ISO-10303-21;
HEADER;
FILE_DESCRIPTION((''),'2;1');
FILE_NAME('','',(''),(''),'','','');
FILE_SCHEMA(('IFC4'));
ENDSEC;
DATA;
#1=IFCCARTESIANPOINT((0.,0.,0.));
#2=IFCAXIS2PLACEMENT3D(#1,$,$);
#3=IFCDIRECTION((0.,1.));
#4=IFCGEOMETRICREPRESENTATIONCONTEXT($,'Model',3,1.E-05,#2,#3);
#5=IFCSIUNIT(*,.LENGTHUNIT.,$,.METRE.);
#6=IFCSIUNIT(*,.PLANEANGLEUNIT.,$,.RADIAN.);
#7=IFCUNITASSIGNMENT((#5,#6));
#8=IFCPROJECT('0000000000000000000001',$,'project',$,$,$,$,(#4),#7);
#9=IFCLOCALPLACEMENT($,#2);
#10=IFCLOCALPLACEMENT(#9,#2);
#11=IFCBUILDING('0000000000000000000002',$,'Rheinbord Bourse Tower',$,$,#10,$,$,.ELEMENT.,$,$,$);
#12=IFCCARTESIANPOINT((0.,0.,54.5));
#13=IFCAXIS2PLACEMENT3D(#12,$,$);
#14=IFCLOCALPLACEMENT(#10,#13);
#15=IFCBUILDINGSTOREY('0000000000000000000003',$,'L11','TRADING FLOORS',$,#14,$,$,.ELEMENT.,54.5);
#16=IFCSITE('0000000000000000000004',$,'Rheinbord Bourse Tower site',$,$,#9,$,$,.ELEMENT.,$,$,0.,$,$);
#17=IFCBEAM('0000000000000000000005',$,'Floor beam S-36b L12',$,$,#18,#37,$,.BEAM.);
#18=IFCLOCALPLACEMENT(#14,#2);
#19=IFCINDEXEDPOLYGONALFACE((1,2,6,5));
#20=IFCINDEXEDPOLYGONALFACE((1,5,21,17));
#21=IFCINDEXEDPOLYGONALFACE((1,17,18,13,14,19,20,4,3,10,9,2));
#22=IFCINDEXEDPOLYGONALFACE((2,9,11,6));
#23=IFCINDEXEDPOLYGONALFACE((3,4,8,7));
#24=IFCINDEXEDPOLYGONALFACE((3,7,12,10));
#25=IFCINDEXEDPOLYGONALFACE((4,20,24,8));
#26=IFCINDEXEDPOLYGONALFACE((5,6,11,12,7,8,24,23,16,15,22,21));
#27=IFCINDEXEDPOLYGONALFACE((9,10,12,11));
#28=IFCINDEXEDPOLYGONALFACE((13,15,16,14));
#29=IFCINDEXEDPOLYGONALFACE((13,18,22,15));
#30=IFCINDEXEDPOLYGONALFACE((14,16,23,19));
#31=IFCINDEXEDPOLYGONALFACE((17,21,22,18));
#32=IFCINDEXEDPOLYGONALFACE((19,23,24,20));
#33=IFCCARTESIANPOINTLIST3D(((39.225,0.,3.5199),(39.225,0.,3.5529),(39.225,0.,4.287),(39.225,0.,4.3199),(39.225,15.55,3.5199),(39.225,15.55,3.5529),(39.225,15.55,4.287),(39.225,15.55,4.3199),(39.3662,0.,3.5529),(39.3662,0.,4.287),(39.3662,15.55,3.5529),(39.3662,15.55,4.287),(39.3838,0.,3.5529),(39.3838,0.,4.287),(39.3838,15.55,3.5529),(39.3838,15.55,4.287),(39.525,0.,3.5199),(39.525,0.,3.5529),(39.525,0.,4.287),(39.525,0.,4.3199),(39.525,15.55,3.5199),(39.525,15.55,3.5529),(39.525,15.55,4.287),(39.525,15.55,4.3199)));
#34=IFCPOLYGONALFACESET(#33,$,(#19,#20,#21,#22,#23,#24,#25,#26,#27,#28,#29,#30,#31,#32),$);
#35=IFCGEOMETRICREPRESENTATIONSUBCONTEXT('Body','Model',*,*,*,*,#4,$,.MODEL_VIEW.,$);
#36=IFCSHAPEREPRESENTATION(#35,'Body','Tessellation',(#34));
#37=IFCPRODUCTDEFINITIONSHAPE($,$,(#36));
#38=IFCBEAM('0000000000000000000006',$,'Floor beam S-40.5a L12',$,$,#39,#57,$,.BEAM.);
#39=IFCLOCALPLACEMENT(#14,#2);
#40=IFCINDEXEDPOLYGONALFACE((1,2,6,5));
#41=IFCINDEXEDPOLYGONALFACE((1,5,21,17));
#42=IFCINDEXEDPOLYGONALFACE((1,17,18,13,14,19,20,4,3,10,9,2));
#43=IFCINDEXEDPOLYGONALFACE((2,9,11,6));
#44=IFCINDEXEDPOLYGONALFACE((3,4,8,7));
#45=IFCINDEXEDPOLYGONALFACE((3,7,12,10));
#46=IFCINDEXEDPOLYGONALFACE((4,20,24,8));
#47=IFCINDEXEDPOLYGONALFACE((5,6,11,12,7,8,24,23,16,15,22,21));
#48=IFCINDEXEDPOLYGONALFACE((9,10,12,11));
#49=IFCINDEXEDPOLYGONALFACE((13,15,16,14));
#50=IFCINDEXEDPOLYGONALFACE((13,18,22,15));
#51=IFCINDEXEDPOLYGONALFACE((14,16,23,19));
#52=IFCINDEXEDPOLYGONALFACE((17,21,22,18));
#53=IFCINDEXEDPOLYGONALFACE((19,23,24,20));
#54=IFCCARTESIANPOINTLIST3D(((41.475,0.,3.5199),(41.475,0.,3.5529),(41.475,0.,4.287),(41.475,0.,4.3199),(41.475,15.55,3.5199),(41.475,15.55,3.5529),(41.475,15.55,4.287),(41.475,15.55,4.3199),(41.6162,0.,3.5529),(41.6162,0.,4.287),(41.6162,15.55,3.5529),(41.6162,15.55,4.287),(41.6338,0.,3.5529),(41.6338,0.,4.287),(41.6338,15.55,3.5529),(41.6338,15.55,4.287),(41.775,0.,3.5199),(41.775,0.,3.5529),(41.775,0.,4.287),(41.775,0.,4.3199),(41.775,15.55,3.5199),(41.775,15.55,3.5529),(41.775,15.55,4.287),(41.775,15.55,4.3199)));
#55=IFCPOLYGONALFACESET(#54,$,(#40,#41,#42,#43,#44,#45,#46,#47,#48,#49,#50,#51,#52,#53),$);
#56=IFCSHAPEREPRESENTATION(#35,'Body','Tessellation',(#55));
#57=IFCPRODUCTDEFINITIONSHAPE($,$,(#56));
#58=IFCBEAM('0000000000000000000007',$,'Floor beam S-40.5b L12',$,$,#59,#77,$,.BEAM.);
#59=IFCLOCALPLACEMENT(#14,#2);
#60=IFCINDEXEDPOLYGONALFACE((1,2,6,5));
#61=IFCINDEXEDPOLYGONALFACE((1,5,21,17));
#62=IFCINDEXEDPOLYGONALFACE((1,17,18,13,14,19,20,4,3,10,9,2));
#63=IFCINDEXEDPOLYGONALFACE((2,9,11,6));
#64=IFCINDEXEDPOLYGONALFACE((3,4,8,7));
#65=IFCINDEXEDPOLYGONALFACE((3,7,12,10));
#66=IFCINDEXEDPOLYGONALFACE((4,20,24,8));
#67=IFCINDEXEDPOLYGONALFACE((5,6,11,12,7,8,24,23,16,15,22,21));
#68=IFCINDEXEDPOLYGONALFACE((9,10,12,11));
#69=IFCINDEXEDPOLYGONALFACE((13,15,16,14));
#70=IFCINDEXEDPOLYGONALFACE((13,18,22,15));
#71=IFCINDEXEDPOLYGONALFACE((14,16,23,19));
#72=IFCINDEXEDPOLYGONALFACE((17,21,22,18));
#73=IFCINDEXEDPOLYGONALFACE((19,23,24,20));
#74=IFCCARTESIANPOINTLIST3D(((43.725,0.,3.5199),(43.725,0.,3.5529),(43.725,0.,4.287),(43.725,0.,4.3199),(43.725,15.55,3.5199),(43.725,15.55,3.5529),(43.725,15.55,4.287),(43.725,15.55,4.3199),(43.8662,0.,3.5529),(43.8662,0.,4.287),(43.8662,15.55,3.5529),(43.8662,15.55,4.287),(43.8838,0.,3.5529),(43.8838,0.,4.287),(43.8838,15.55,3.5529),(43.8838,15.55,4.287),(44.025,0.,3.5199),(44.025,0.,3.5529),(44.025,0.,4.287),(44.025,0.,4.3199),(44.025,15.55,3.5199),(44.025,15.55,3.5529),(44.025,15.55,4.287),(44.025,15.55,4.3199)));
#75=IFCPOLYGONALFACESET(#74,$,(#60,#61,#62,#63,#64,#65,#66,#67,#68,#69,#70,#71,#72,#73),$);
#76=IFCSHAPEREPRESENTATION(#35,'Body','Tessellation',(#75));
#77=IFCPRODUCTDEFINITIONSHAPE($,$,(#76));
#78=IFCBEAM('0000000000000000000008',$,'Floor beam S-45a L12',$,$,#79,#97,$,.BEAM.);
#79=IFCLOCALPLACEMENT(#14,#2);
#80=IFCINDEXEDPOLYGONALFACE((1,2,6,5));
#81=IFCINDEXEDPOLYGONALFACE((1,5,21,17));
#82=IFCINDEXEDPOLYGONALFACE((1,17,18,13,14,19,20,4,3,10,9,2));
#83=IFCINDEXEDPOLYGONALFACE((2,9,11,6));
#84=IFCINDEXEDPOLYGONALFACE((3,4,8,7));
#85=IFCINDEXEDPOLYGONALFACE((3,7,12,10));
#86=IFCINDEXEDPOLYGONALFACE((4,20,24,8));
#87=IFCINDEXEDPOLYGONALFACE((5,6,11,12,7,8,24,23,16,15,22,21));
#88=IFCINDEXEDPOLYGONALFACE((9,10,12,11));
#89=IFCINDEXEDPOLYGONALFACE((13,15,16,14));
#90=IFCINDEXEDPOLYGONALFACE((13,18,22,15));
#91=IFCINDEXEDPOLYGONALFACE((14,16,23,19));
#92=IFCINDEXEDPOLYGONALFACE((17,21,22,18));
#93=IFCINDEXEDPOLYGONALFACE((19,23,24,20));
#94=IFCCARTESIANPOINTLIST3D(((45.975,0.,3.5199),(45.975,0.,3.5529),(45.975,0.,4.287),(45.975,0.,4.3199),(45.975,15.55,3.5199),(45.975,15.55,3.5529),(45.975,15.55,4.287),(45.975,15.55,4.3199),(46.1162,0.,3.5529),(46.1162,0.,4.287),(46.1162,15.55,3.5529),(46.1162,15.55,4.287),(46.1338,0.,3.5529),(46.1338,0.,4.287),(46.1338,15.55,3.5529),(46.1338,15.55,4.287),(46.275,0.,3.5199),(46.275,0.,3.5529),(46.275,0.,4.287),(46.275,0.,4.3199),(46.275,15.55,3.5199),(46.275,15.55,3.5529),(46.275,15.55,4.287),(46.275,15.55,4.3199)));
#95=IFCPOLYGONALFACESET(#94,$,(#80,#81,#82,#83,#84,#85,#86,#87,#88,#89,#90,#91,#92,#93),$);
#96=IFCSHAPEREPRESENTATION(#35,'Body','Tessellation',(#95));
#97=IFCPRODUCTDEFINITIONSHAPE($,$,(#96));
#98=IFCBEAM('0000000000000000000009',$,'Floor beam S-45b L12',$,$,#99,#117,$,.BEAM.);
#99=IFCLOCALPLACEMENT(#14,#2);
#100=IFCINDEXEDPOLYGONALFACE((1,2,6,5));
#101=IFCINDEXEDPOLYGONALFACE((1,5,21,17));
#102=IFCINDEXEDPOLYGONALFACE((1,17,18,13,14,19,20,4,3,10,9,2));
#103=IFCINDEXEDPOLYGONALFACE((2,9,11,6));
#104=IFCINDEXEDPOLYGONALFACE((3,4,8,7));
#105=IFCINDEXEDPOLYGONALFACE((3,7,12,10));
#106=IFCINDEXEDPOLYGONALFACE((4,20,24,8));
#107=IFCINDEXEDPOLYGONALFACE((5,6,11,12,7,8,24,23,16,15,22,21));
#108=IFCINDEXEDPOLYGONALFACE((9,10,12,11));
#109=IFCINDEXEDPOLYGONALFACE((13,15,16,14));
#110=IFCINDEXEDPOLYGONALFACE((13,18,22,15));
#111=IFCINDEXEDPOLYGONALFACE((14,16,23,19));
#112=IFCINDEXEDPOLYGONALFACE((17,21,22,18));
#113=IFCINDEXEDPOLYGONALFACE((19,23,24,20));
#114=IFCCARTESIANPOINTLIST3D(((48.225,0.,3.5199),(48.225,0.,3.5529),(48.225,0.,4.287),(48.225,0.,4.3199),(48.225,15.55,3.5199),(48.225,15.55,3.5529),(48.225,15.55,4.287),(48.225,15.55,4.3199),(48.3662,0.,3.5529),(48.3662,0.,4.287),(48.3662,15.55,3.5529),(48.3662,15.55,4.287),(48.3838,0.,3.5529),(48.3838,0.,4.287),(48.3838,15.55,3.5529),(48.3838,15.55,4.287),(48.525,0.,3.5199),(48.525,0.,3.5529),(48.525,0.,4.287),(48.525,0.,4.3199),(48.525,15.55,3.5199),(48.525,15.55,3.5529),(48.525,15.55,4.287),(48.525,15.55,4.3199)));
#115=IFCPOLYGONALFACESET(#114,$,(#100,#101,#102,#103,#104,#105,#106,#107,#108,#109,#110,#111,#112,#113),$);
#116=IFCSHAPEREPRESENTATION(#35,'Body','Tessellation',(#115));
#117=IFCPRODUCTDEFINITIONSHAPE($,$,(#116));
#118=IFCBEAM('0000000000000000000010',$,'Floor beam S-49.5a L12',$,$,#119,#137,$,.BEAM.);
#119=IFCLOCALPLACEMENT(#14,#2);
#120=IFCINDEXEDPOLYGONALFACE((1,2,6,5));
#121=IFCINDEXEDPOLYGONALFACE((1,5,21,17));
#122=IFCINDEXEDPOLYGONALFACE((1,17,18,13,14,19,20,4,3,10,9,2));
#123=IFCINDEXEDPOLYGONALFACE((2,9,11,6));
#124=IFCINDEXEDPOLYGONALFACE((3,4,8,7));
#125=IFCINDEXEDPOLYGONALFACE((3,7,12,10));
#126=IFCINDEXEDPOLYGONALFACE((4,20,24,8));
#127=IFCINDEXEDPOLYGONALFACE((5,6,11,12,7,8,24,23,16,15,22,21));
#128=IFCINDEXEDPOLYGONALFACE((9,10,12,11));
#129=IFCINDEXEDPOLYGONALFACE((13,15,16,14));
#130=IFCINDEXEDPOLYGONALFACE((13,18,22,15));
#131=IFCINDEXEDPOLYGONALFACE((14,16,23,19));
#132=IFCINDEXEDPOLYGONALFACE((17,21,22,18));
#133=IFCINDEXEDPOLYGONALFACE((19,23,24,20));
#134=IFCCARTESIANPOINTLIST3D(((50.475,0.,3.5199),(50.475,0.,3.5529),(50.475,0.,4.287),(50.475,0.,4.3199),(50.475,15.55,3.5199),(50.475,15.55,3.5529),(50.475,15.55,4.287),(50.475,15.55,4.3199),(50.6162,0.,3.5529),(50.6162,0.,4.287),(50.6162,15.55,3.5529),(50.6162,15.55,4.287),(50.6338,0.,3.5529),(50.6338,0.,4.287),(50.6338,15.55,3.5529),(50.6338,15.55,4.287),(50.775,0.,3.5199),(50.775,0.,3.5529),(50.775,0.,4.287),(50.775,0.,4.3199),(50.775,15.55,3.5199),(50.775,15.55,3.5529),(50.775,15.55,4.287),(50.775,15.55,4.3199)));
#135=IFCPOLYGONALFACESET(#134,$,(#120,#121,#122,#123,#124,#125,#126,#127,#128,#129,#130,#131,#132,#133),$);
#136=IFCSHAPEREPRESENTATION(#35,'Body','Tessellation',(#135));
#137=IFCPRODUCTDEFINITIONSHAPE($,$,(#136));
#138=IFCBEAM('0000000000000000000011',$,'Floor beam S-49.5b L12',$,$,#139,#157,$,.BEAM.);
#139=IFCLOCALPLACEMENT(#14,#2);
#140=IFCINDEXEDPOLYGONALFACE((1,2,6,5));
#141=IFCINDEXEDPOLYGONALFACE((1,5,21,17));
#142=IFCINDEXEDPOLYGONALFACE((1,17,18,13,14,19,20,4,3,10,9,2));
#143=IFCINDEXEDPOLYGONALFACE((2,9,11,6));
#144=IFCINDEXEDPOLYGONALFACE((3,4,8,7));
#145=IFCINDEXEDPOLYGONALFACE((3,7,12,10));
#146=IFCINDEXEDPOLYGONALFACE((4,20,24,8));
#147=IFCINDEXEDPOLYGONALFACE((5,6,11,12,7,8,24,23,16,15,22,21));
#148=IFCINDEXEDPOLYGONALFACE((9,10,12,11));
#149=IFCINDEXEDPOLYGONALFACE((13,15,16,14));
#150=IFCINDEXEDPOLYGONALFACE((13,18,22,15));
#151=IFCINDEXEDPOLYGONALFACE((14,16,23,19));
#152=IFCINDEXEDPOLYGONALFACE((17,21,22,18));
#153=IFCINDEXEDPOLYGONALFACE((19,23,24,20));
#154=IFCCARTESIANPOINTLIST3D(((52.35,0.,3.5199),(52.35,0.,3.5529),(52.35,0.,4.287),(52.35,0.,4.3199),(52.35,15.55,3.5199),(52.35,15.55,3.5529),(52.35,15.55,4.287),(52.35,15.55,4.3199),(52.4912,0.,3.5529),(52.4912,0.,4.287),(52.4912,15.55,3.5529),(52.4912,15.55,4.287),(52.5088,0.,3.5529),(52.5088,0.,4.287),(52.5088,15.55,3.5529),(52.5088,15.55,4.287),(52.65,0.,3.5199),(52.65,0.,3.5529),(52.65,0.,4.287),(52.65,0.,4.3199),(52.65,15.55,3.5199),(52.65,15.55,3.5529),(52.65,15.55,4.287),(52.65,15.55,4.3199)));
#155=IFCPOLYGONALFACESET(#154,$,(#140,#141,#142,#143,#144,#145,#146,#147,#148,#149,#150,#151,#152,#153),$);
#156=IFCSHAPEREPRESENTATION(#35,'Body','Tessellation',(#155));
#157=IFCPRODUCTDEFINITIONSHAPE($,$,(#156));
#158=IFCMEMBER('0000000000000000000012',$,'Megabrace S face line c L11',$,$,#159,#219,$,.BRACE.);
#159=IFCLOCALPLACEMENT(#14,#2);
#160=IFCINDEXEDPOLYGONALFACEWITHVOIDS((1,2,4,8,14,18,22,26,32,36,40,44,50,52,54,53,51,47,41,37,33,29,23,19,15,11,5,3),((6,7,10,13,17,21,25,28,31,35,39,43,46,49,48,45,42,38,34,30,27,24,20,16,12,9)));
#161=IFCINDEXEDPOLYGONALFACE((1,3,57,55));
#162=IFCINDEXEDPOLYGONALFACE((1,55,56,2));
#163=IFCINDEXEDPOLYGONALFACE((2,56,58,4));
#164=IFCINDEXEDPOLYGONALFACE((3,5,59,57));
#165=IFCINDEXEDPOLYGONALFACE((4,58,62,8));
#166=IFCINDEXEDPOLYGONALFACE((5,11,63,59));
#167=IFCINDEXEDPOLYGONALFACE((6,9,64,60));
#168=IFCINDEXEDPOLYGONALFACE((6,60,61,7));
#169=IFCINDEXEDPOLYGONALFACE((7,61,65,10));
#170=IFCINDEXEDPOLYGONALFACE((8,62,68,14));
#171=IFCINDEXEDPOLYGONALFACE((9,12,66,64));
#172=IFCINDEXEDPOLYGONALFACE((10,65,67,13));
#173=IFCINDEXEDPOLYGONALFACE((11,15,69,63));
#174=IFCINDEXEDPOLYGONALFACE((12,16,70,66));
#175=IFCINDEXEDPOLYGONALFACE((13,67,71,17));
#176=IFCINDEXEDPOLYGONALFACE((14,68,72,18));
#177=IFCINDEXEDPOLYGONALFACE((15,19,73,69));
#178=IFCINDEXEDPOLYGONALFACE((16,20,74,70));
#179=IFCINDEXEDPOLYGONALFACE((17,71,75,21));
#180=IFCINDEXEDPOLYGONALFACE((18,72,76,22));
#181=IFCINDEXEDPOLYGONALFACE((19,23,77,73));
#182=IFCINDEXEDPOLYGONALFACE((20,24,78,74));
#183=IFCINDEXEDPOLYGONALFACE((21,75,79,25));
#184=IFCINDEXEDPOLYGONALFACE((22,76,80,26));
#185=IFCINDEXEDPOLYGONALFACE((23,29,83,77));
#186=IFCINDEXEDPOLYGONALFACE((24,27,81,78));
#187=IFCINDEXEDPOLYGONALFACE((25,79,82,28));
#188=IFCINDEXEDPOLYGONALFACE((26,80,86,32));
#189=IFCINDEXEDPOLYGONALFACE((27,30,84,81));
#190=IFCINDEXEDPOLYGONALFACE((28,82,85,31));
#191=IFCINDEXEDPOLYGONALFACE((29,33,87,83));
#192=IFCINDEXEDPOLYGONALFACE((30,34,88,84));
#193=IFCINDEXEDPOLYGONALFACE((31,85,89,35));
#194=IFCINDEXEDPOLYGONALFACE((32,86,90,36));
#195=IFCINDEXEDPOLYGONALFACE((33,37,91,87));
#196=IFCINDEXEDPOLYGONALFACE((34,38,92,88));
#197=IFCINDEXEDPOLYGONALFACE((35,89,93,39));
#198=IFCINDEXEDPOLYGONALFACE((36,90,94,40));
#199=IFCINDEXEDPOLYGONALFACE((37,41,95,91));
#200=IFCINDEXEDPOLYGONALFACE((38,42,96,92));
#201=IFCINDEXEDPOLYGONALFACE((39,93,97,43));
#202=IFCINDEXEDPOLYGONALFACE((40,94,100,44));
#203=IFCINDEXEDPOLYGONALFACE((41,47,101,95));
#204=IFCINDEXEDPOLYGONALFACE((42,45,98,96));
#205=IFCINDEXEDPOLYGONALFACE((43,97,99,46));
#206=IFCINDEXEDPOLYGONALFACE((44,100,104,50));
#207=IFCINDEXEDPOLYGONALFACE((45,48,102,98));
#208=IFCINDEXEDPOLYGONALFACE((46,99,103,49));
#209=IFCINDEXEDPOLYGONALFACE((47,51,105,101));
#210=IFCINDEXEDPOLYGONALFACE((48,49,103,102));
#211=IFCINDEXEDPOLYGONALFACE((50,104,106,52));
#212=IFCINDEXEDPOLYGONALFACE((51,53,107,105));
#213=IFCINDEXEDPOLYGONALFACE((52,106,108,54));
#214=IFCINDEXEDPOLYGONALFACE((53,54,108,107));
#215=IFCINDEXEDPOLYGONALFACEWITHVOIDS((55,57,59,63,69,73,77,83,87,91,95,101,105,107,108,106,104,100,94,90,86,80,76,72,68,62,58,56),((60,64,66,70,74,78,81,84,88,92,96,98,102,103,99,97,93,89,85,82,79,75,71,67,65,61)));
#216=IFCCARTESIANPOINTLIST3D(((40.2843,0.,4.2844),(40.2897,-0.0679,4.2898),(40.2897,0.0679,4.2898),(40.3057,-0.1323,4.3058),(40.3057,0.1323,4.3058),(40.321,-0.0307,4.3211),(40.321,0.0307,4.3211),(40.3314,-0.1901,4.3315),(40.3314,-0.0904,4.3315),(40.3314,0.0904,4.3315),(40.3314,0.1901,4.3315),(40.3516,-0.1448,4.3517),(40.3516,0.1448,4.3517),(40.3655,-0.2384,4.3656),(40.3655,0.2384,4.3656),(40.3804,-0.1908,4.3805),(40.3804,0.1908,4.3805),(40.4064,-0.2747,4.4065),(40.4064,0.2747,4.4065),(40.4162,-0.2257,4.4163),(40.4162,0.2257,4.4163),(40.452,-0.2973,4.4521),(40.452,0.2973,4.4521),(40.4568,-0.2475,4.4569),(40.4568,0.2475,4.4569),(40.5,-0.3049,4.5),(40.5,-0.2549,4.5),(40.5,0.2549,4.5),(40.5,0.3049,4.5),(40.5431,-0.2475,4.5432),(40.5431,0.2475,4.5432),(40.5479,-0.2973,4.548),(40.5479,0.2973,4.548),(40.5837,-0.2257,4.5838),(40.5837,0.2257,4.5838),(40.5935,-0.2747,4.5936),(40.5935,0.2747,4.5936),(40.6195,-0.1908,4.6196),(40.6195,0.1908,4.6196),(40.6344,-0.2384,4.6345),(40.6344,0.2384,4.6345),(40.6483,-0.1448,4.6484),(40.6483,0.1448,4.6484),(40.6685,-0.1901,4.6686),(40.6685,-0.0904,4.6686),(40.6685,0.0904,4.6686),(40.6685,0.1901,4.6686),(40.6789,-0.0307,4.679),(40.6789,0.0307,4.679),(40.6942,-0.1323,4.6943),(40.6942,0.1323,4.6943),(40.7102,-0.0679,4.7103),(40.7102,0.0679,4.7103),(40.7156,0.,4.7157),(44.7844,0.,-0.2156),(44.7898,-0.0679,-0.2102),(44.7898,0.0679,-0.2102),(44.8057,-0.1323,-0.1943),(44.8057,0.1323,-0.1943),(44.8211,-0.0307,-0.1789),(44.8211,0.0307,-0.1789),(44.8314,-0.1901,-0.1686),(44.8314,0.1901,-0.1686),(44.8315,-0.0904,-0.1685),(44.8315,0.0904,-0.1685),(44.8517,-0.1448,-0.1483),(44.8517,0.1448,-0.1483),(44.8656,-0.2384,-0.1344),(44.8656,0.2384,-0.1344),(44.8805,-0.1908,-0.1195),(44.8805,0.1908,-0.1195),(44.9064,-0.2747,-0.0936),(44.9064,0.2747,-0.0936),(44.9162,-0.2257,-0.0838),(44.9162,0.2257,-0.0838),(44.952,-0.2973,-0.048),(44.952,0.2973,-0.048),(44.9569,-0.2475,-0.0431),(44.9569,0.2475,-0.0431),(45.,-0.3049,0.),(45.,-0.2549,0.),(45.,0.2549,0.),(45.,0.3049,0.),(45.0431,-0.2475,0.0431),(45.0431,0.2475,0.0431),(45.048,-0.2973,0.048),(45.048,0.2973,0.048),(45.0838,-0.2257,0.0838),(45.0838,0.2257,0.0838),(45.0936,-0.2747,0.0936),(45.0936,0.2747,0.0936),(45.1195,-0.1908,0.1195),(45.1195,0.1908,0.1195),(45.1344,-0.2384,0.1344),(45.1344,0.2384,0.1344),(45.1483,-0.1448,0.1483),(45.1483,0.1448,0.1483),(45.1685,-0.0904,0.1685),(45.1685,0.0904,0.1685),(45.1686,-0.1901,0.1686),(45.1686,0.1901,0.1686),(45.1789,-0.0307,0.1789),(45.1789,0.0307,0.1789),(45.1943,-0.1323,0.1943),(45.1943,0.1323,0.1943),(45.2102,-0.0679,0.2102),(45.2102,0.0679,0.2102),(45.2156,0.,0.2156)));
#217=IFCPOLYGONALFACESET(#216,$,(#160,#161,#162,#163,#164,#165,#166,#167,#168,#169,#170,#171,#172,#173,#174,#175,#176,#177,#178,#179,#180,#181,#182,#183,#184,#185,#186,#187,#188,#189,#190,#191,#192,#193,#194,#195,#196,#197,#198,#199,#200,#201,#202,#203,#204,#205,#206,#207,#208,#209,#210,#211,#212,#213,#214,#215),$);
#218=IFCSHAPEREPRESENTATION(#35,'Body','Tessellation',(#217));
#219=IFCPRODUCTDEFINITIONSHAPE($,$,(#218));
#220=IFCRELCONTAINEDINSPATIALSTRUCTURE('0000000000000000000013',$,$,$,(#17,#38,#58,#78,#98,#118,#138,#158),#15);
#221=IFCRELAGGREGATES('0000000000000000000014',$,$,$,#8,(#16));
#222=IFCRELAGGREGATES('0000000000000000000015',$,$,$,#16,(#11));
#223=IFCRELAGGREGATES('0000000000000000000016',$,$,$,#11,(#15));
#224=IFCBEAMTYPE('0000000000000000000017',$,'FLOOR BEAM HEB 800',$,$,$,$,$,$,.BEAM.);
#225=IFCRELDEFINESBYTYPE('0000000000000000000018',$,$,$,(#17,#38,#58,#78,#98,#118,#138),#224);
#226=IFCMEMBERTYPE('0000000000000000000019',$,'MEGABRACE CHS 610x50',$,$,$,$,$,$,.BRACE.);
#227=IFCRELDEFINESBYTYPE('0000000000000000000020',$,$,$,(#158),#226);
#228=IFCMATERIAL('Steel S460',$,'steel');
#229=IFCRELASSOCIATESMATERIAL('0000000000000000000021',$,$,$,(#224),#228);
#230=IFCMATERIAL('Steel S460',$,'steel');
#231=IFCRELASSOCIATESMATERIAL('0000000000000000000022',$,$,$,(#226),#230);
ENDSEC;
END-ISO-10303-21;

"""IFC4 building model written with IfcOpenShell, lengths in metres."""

from ifc_helpers import new_model, si_unit, direction, frame, origin, origin_2d, place, context, subcontext, project, spatial, hollow_circle, i_section, extrude, material, material_profile, profile_set, type_object, element, save


model = new_model("IFC4")

# Units and contexts
model_context = context("Model", 3, precision=1e-05, world=origin(), true_north=direction((0.0, 1.0)))
body_context = subcontext(model_context, "Body", "Model", "MODEL_VIEW")
ifc_project = project(units=[si_unit("LENGTHUNIT", "METRE"), si_unit("PLANEANGLEUNIT", "RADIAN")], contexts=[model_context])

# Site, building, storey
site_placement = place(None, origin())
site = spatial("IfcSite", under=ifc_project, at=site_placement, Name="Rheinbord Bourse Tower site", CompositionType="ELEMENT", RefElevation=0.0)
building_placement = place(site_placement, origin())
building = spatial("IfcBuilding", under=site, at=building_placement, Name="Rheinbord Bourse Tower", CompositionType="ELEMENT")
storey_placement = place(building_placement, frame((0.0, 0.0, 54.5)))
storey = spatial("IfcBuildingStorey", under=building, at=storey_placement, Name="L11", Description="TRADING FLOORS", CompositionType="ELEMENT", Elevation=54.5)

# Beams
ifc_material_1 = material(Name="Steel S460", Category="steel")
ifc_material_profile_1 = material_profile(ifc_material_1, i_section(OverallWidth=0.3, OverallDepth=0.8, WebThickness=0.0176, FlangeThickness=0.033, at=origin_2d()), Name="HEB 800")
ifc_profile_set_1 = profile_set([ifc_material_profile_1], Name="Steel S460")
beam_type_1 = type_object("IfcBeamType", Name="FLOOR BEAM HEB 800", PredefinedType="BEAM", material=ifc_profile_set_1)
for number, where, z_axis, x_axis, name in (
    (1, (39.375, 0.0, 3.9199), (0.0, 1.0, 0.0), (-1.0, 0.0, 0.0), "Floor beam S-36b L12"),
    (2, (41.625, 0.0, 3.9199), (0.0, 1.0, 0.0), (-1.0, 0.0, 0.0), "Floor beam S-40.5a L12"),
    (3, (43.875, 0.0, 3.9199), (0.0, 1.0, 0.0), (-1.0, 0.0, 0.0), "Floor beam S-40.5b L12"),
    (4, (46.125, 0.0, 3.9199), (0.0, 1.0, 0.0), (-1.0, 0.0, 0.0), "Floor beam S-45a L12"),
    (5, (48.375, 0.0, 3.9199), (0.0, 1.0, 0.0), (-1.0, 0.0, 0.0), "Floor beam S-45b L12"),
    (6, (50.625, 0.0, 3.9199), (0.0, 1.0, 0.0), (-1.0, 0.0, 0.0), "Floor beam S-49.5a L12"),
    (7, (52.5, 0.0, 3.9199), (0.0, 1.0, 0.0), (-1.0, 0.0, 0.0), "Floor beam S-49.5b L12"),
):
    element("IfcBeam", number, at=place(storey_placement, frame(where, z_axis=z_axis, x_axis=x_axis)), inside=storey, type_object=beam_type_1, Name=name, PredefinedType="BEAM", context=body_context, shape_type="SweptSolid", body=[
        extrude(i_section(OverallWidth=0.3, OverallDepth=0.8, WebThickness=0.0176, FlangeThickness=0.033, at=origin_2d()), origin(), (0.0, 0.0, 1.0), 15.55),
    ])

# Member
ifc_material_2 = material(Name="Steel S460", Category="steel")
ifc_material_profile_2 = material_profile(ifc_material_2, hollow_circle(Radius=0.3049, WallThickness=0.05, at=origin_2d()), Name="CHS 610x50")
ifc_profile_set_2 = profile_set([ifc_material_profile_2], Name="Steel S460")
member_type_1 = type_object("IfcMemberType", Name="MEGABRACE CHS 610x50", PredefinedType="BRACE", material=ifc_profile_set_2)
member_1_placement = place(storey_placement, frame((45.0, 0.0, 0.0), z_axis=(-0.707107, 0.0, 0.707107), x_axis=(0.0, -1.0, 0.0)))
element("IfcMember", 8, at=member_1_placement, inside=storey, type_object=member_type_1, Name="Megabrace S face line c L11", PredefinedType="BRACE", context=body_context, shape_type="SweptSolid", body=[
    extrude(hollow_circle(Radius=0.3049, WallThickness=0.05, at=origin_2d()), origin(), (0.0, 0.0, 1.0), 6.364),
])

save(model, "model.ifc")
